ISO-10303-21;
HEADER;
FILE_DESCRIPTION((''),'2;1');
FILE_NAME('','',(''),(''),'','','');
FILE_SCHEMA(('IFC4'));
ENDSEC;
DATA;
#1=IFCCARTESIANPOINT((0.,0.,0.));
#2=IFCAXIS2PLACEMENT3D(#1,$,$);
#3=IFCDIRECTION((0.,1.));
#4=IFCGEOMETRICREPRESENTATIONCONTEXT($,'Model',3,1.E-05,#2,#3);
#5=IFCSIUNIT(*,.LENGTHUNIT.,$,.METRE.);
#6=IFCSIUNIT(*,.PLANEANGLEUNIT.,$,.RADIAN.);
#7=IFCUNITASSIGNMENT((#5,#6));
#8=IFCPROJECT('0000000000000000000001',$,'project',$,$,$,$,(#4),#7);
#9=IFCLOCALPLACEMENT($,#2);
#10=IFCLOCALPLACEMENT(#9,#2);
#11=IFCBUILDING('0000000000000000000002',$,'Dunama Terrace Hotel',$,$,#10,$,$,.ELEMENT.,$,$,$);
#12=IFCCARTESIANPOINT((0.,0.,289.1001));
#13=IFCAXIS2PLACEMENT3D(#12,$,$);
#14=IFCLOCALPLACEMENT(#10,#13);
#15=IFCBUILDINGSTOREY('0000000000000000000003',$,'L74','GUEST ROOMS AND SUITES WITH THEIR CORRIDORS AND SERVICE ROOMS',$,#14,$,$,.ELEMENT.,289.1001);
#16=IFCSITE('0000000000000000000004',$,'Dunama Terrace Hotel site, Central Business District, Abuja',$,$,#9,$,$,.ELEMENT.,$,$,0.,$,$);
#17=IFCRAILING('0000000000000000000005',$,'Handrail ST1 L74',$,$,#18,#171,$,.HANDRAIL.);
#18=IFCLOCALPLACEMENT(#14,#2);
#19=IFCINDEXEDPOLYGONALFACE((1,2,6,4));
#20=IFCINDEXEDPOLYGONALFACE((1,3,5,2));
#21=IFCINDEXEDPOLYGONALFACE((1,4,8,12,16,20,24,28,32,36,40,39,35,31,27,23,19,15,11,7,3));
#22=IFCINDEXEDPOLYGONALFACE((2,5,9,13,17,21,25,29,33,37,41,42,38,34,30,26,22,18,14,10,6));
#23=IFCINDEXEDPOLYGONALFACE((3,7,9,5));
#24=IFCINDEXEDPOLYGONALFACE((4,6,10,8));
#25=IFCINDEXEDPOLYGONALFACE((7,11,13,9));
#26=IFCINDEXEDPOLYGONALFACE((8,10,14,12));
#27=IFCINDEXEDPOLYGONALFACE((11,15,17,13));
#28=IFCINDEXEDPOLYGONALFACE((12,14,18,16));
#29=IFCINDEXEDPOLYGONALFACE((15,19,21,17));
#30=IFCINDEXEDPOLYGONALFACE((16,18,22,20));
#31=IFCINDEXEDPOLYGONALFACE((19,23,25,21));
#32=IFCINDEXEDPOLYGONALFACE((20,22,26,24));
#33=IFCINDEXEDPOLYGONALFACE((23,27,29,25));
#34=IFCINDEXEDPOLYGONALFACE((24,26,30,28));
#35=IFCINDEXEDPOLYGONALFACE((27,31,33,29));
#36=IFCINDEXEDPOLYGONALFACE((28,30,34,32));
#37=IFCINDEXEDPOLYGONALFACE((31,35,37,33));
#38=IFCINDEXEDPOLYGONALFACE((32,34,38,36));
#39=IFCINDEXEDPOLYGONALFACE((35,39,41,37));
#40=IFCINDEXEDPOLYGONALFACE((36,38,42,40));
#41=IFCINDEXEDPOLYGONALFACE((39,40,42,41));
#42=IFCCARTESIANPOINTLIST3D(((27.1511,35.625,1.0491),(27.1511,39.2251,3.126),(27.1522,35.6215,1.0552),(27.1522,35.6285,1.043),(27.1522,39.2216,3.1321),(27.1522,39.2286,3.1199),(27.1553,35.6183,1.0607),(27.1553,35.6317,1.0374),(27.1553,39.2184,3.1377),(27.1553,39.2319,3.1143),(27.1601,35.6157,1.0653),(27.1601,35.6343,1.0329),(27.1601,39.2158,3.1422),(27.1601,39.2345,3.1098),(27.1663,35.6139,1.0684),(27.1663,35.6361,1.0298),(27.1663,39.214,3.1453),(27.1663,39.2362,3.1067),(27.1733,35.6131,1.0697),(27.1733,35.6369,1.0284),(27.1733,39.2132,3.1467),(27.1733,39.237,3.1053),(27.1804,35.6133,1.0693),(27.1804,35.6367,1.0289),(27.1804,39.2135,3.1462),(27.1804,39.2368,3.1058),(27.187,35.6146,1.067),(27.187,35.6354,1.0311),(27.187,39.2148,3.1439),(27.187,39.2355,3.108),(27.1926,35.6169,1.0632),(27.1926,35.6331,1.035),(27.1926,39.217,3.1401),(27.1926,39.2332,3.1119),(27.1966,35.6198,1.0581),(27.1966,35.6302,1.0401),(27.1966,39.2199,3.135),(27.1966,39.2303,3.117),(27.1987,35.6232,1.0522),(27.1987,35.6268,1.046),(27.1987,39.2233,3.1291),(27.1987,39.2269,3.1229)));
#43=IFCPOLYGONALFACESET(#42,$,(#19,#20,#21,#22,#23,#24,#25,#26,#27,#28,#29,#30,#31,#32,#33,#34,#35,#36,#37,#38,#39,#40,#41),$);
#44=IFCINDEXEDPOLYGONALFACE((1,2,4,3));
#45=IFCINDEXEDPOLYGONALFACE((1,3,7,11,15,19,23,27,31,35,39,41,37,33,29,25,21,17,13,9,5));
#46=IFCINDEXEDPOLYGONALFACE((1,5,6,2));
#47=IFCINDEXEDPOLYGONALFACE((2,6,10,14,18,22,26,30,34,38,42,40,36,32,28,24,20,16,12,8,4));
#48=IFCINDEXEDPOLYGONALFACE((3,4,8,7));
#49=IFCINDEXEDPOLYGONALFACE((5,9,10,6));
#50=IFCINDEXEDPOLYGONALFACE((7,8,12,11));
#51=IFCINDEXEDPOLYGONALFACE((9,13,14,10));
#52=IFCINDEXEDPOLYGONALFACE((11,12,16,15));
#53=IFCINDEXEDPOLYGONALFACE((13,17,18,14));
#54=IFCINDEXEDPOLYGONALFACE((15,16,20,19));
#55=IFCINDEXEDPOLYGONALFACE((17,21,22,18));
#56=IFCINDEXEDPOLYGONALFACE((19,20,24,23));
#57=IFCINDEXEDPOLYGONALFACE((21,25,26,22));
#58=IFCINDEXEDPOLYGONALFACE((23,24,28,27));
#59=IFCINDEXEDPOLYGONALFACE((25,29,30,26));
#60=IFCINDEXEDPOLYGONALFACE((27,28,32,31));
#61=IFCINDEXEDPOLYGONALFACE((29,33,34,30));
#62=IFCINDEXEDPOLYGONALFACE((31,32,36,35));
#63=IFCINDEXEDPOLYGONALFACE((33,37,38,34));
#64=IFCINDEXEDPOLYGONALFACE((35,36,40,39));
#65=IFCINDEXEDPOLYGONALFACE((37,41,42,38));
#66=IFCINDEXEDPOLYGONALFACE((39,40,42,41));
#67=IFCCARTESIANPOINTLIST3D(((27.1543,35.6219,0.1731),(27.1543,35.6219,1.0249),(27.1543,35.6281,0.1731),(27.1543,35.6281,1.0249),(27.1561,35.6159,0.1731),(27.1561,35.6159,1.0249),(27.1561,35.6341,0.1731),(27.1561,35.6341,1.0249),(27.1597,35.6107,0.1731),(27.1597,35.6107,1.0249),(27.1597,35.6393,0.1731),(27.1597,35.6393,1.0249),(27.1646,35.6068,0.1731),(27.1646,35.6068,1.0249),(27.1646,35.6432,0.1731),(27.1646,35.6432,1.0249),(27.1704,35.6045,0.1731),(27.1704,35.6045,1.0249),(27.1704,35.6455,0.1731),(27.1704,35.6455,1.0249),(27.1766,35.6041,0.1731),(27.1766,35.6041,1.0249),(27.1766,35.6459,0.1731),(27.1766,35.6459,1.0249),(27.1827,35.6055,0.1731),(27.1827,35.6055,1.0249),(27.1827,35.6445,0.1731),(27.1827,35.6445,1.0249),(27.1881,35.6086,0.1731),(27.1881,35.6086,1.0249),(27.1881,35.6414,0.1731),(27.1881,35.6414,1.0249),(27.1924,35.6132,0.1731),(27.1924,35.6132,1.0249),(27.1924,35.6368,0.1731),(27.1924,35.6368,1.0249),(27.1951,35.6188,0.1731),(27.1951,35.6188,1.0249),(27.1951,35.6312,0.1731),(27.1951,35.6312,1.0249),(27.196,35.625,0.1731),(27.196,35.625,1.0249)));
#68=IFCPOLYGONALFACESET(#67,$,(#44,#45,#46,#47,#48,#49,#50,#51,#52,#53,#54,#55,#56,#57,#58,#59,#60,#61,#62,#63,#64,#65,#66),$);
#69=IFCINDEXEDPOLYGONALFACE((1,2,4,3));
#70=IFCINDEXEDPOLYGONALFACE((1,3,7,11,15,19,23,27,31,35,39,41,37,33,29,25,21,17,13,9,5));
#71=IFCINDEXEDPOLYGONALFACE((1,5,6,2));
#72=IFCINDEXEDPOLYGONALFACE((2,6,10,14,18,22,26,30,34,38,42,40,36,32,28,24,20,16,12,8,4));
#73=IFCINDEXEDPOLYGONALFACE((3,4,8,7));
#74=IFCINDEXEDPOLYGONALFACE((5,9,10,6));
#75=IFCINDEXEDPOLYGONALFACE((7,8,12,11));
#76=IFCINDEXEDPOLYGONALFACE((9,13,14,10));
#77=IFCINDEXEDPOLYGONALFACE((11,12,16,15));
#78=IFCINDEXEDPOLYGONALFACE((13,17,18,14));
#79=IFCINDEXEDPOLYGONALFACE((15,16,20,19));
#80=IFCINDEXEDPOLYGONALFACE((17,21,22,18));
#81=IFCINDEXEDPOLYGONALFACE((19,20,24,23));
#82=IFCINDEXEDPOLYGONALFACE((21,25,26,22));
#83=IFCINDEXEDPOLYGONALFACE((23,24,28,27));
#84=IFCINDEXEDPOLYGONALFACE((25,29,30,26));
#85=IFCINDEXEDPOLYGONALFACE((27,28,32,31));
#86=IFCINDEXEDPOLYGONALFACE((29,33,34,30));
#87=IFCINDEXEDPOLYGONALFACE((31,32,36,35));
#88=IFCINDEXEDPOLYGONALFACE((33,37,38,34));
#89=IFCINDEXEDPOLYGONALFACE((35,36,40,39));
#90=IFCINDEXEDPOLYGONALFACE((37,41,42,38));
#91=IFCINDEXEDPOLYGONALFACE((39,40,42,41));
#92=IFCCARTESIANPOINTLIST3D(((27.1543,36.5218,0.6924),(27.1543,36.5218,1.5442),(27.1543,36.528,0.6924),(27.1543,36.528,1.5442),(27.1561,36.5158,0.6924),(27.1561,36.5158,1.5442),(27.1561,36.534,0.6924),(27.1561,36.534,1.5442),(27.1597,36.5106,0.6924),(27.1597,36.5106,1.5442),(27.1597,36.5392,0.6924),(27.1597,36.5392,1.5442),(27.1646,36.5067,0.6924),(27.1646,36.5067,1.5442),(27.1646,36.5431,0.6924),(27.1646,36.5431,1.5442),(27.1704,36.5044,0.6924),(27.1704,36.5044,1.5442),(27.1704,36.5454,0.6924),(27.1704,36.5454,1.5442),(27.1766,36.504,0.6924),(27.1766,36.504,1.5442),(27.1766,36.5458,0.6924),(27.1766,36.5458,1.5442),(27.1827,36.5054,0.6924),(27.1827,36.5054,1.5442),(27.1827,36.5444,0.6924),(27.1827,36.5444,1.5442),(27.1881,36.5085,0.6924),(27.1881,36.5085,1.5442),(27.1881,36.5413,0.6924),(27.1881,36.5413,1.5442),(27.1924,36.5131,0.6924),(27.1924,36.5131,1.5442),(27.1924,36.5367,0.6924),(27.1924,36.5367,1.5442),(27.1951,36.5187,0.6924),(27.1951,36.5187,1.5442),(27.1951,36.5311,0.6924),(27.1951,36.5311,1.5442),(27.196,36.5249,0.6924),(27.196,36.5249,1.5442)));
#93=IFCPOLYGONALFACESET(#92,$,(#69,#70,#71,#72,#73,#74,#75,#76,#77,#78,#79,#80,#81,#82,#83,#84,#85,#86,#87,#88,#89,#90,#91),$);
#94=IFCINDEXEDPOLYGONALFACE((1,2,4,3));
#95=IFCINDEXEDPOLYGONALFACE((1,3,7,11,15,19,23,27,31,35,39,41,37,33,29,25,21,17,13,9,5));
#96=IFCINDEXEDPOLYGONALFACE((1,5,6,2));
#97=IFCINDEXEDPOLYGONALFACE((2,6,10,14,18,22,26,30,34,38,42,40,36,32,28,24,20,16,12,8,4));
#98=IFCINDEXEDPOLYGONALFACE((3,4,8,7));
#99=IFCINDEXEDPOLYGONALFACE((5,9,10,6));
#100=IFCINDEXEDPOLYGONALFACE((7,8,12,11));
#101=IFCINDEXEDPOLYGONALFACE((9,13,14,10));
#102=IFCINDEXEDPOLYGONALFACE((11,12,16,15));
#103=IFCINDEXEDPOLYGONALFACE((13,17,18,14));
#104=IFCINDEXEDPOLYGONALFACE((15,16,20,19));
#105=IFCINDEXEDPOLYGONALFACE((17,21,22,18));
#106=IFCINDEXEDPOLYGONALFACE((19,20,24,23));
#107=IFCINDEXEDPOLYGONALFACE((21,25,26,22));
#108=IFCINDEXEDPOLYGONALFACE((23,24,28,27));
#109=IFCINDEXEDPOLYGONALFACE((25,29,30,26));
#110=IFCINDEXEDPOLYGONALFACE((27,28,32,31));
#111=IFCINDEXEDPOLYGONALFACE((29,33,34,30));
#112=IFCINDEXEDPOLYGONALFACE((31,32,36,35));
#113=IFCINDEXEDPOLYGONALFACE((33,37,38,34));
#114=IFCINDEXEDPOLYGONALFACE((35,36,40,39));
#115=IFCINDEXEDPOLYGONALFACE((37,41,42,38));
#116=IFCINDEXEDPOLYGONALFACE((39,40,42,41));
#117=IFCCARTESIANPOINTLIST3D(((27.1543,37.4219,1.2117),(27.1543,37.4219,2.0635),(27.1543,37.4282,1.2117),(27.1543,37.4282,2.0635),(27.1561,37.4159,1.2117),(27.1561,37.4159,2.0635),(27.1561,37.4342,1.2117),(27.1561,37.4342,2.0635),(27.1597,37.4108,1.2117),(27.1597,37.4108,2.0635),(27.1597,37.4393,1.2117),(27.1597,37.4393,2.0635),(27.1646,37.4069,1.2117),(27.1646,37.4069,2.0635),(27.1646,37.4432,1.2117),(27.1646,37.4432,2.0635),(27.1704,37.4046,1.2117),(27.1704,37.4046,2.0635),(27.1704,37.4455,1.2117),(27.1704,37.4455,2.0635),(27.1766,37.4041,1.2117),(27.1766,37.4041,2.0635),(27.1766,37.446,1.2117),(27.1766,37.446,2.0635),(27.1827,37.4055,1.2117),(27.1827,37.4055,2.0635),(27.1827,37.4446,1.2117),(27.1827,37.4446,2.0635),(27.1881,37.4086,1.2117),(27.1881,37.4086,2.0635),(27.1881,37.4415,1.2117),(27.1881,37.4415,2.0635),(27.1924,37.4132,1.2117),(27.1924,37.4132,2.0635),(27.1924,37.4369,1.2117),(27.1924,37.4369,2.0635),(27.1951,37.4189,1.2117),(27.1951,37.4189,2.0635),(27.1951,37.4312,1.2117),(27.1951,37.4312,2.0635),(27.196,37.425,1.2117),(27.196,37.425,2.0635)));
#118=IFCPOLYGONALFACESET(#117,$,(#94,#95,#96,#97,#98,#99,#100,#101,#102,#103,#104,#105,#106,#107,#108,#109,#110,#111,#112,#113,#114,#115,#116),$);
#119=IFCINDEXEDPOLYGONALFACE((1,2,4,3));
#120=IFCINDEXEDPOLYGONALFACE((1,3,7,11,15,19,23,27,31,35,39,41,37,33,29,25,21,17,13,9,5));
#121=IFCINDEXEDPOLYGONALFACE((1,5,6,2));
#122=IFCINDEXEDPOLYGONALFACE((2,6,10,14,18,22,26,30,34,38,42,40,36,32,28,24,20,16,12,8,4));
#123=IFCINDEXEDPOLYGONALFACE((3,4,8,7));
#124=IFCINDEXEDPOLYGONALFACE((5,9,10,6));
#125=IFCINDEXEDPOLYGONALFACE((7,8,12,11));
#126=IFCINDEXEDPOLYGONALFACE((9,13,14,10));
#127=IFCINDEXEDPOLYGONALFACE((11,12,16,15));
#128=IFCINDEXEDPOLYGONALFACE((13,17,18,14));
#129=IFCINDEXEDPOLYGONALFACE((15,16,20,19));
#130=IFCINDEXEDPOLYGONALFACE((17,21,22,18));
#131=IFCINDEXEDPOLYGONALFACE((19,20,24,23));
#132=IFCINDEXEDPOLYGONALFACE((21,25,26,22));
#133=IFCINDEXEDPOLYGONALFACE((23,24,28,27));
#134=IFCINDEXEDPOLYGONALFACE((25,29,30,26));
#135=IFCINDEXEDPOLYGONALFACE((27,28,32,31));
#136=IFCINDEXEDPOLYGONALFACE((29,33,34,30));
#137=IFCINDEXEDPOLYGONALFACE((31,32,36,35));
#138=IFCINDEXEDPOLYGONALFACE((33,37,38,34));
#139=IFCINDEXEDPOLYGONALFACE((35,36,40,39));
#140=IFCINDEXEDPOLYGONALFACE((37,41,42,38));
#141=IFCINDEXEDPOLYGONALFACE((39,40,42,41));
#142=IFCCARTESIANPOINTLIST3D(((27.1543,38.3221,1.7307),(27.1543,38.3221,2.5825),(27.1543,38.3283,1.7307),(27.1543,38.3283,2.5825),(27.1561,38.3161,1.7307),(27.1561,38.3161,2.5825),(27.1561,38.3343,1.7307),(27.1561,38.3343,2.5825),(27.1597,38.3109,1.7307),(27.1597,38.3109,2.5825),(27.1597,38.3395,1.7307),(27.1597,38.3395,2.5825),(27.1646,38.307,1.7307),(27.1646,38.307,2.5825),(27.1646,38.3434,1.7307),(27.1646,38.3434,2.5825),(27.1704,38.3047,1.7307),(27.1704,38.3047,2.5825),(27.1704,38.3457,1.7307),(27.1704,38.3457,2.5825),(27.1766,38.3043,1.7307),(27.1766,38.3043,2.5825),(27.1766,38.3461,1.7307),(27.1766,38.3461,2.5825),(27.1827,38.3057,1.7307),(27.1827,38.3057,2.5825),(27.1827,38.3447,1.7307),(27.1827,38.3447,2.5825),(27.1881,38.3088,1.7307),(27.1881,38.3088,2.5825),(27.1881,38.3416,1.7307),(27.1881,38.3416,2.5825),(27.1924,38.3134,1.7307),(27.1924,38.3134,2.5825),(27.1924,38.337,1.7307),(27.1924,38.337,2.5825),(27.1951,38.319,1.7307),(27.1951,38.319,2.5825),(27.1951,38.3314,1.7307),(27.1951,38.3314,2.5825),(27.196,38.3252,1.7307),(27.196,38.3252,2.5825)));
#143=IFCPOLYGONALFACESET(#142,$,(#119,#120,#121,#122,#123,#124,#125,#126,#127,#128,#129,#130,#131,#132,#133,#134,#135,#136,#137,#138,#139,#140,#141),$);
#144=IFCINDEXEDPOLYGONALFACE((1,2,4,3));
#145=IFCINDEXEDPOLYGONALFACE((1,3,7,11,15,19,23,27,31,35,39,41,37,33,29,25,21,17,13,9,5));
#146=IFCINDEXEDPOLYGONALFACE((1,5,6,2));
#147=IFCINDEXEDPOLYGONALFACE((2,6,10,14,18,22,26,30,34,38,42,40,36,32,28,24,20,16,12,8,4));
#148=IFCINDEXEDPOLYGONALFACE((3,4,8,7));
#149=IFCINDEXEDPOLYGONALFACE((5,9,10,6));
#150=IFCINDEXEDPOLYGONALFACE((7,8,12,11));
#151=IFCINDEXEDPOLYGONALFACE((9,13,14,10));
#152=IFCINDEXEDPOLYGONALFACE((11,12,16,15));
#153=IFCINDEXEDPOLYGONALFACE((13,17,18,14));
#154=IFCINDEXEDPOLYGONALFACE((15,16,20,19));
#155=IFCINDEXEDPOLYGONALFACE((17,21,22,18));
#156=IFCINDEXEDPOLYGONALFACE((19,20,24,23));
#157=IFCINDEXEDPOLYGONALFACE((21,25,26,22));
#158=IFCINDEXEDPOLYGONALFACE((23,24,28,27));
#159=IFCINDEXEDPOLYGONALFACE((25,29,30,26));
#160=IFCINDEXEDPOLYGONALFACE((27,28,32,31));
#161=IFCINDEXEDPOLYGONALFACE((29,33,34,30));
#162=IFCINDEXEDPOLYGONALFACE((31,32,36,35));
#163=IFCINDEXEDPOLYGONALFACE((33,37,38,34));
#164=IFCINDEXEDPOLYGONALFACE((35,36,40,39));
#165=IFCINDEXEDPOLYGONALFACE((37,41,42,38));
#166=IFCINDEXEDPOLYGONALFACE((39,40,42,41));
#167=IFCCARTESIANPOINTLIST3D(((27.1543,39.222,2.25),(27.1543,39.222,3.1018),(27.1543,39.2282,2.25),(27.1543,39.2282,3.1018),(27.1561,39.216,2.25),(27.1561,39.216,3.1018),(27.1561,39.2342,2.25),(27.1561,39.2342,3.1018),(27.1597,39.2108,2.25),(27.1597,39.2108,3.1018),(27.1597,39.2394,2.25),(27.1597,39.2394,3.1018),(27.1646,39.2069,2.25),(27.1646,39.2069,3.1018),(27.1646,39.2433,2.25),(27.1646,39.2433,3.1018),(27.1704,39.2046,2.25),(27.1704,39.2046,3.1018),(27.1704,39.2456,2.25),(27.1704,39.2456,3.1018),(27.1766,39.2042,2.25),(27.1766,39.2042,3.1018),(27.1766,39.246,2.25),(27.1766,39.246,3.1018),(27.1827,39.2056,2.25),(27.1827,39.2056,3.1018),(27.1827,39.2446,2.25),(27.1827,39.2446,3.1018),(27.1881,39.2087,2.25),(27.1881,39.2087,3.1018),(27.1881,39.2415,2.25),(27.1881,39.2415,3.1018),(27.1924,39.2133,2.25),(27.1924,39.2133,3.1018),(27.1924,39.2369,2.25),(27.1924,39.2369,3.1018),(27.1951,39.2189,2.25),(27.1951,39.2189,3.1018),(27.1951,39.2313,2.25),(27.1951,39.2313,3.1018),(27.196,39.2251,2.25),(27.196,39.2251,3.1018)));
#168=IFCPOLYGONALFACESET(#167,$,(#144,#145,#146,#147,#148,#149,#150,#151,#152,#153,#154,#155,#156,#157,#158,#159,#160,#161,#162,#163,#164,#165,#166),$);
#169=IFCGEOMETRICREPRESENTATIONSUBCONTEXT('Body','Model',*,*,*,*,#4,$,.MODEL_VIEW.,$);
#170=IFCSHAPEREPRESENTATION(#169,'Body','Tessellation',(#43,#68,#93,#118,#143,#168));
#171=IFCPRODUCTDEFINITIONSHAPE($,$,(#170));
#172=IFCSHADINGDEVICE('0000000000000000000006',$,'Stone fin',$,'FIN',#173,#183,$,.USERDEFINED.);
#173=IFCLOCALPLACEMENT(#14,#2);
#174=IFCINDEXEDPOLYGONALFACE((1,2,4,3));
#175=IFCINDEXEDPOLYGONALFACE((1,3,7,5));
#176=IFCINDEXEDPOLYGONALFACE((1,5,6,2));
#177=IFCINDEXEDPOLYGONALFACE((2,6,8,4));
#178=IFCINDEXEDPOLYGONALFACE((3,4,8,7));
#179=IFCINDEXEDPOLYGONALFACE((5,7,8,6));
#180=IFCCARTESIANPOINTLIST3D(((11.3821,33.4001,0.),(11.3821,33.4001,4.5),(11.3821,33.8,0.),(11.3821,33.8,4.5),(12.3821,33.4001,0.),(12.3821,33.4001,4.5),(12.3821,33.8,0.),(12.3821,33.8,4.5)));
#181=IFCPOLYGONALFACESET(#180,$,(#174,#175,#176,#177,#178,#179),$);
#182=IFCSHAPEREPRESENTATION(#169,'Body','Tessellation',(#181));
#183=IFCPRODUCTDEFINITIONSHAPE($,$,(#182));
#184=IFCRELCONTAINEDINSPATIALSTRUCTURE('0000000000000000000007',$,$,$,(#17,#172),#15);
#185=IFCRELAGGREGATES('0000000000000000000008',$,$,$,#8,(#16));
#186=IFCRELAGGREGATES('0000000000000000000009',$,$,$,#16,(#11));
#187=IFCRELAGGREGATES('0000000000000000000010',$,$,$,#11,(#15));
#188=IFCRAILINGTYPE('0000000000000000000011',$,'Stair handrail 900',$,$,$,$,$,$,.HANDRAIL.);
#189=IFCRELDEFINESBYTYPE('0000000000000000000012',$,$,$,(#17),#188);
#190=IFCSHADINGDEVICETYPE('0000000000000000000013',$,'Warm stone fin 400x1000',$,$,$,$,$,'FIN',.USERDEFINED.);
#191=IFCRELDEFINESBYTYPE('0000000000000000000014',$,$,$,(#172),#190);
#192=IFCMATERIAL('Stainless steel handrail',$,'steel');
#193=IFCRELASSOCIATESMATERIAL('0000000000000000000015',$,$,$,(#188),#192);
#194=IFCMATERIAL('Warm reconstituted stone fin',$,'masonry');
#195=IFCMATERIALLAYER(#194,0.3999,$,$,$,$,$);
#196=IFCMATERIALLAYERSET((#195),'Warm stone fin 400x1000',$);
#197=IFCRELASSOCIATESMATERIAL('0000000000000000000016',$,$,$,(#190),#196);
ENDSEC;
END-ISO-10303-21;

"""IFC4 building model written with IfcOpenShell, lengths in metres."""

from ifc_helpers import new_model, si_unit, direction, frame, origin, origin_2d, place, context, subcontext, project, spatial, rectangle, circle, extrude, material, layer, layer_set, type_object, element, save


model = new_model("IFC4")

# Units and contexts
model_context = context("Model", 3, precision=1e-05, world=origin(), true_north=direction((0.0, 1.0)))
body_context = subcontext(model_context, "Body", "Model", "MODEL_VIEW")
ifc_project = project(units=[si_unit("LENGTHUNIT", "METRE"), si_unit("PLANEANGLEUNIT", "RADIAN")], contexts=[model_context])

# Site, building, storey
site_placement = place(None, origin())
site = spatial("IfcSite", under=ifc_project, at=site_placement, Name="Dunama Terrace Hotel site, Central Business District, Abuja", CompositionType="ELEMENT", RefElevation=0.0)
building_placement = place(site_placement, origin())
building = spatial("IfcBuilding", under=site, at=building_placement, Name="Dunama Terrace Hotel", CompositionType="ELEMENT")
storey_placement = place(building_placement, frame((0.0, 0.0, 289.1001)))
storey = spatial("IfcBuildingStorey", under=building, at=storey_placement, Name="L74", Description="GUEST ROOMS AND SUITES WITH THEIR CORRIDORS AND SERVICE ROOMS", CompositionType="ELEMENT", Elevation=289.1001)

# Railing
ifc_material_1 = material(Name="Stainless steel handrail", Category="steel")
railing_type = type_object("IfcRailingType", Name="Stair handrail 900", PredefinedType="HANDRAIL", material=ifc_material_1)
railing_placement = place(storey_placement, frame((27.175, 35.625, 0.1731)))
element("IfcRailing", 1, at=railing_placement, inside=storey, type_object=railing_type, Name="Handrail ST1 L74", PredefinedType="HANDRAIL", context=body_context, shape_type="SweptSolid", body=[
    extrude(circle(Radius=0.0239, at=origin_2d()), frame((0.0, 0.0, 0.876), z_axis=(0.0, 0.866193, 0.499709), x_axis=(-1.0, 0.0, 0.0)), (0.0, 0.0, 1.0), 4.1562),
    extrude(circle(Radius=0.021, at=origin_2d()), origin(), (0.0, 0.0, 1.0), 0.8518),
    extrude(circle(Radius=0.021, at=origin_2d()), frame((0.0, 0.8999, 0.5193)), (0.0, 0.0, 1.0), 0.8518),
    extrude(circle(Radius=0.021, at=origin_2d()), frame((0.0, 1.8, 1.0386)), (0.0, 0.0, 1.0), 0.8518),
    extrude(circle(Radius=0.021, at=origin_2d()), frame((0.0, 2.7002, 1.5576)), (0.0, 0.0, 1.0), 0.8518),
    extrude(circle(Radius=0.021, at=origin_2d()), frame((0.0, 3.6001, 2.0769)), (0.0, 0.0, 1.0), 0.8518),
])

# Shading device
ifc_material_2 = material(Name="Warm reconstituted stone fin", Category="masonry")
ifc_layer_1 = layer(ifc_material_2, 0.3999)
ifc_layer_set_1 = layer_set([ifc_layer_1], Name="Warm stone fin 400x1000")
shading_device_type = type_object("IfcShadingDeviceType", Name="Warm stone fin 400x1000", ElementType="FIN", PredefinedType="USERDEFINED", material=ifc_layer_set_1)
shading_device_placement = place(storey_placement, frame((11.8821, 33.6001, 0.0), z_axis=(0.0, 0.0, 1.0), x_axis=(0.0, -1.0, 0.0)))
element("IfcShadingDevice", 2, at=shading_device_placement, inside=storey, type_object=shading_device_type, Name="Stone fin", ObjectType="FIN", PredefinedType="USERDEFINED", context=body_context, shape_type="SweptSolid", body=[
    extrude(rectangle(XDim=0.3999, YDim=1.0, at=origin_2d()), origin(), (0.0, 0.0, 1.0), 4.5),
])

save(model, "model.ifc")
